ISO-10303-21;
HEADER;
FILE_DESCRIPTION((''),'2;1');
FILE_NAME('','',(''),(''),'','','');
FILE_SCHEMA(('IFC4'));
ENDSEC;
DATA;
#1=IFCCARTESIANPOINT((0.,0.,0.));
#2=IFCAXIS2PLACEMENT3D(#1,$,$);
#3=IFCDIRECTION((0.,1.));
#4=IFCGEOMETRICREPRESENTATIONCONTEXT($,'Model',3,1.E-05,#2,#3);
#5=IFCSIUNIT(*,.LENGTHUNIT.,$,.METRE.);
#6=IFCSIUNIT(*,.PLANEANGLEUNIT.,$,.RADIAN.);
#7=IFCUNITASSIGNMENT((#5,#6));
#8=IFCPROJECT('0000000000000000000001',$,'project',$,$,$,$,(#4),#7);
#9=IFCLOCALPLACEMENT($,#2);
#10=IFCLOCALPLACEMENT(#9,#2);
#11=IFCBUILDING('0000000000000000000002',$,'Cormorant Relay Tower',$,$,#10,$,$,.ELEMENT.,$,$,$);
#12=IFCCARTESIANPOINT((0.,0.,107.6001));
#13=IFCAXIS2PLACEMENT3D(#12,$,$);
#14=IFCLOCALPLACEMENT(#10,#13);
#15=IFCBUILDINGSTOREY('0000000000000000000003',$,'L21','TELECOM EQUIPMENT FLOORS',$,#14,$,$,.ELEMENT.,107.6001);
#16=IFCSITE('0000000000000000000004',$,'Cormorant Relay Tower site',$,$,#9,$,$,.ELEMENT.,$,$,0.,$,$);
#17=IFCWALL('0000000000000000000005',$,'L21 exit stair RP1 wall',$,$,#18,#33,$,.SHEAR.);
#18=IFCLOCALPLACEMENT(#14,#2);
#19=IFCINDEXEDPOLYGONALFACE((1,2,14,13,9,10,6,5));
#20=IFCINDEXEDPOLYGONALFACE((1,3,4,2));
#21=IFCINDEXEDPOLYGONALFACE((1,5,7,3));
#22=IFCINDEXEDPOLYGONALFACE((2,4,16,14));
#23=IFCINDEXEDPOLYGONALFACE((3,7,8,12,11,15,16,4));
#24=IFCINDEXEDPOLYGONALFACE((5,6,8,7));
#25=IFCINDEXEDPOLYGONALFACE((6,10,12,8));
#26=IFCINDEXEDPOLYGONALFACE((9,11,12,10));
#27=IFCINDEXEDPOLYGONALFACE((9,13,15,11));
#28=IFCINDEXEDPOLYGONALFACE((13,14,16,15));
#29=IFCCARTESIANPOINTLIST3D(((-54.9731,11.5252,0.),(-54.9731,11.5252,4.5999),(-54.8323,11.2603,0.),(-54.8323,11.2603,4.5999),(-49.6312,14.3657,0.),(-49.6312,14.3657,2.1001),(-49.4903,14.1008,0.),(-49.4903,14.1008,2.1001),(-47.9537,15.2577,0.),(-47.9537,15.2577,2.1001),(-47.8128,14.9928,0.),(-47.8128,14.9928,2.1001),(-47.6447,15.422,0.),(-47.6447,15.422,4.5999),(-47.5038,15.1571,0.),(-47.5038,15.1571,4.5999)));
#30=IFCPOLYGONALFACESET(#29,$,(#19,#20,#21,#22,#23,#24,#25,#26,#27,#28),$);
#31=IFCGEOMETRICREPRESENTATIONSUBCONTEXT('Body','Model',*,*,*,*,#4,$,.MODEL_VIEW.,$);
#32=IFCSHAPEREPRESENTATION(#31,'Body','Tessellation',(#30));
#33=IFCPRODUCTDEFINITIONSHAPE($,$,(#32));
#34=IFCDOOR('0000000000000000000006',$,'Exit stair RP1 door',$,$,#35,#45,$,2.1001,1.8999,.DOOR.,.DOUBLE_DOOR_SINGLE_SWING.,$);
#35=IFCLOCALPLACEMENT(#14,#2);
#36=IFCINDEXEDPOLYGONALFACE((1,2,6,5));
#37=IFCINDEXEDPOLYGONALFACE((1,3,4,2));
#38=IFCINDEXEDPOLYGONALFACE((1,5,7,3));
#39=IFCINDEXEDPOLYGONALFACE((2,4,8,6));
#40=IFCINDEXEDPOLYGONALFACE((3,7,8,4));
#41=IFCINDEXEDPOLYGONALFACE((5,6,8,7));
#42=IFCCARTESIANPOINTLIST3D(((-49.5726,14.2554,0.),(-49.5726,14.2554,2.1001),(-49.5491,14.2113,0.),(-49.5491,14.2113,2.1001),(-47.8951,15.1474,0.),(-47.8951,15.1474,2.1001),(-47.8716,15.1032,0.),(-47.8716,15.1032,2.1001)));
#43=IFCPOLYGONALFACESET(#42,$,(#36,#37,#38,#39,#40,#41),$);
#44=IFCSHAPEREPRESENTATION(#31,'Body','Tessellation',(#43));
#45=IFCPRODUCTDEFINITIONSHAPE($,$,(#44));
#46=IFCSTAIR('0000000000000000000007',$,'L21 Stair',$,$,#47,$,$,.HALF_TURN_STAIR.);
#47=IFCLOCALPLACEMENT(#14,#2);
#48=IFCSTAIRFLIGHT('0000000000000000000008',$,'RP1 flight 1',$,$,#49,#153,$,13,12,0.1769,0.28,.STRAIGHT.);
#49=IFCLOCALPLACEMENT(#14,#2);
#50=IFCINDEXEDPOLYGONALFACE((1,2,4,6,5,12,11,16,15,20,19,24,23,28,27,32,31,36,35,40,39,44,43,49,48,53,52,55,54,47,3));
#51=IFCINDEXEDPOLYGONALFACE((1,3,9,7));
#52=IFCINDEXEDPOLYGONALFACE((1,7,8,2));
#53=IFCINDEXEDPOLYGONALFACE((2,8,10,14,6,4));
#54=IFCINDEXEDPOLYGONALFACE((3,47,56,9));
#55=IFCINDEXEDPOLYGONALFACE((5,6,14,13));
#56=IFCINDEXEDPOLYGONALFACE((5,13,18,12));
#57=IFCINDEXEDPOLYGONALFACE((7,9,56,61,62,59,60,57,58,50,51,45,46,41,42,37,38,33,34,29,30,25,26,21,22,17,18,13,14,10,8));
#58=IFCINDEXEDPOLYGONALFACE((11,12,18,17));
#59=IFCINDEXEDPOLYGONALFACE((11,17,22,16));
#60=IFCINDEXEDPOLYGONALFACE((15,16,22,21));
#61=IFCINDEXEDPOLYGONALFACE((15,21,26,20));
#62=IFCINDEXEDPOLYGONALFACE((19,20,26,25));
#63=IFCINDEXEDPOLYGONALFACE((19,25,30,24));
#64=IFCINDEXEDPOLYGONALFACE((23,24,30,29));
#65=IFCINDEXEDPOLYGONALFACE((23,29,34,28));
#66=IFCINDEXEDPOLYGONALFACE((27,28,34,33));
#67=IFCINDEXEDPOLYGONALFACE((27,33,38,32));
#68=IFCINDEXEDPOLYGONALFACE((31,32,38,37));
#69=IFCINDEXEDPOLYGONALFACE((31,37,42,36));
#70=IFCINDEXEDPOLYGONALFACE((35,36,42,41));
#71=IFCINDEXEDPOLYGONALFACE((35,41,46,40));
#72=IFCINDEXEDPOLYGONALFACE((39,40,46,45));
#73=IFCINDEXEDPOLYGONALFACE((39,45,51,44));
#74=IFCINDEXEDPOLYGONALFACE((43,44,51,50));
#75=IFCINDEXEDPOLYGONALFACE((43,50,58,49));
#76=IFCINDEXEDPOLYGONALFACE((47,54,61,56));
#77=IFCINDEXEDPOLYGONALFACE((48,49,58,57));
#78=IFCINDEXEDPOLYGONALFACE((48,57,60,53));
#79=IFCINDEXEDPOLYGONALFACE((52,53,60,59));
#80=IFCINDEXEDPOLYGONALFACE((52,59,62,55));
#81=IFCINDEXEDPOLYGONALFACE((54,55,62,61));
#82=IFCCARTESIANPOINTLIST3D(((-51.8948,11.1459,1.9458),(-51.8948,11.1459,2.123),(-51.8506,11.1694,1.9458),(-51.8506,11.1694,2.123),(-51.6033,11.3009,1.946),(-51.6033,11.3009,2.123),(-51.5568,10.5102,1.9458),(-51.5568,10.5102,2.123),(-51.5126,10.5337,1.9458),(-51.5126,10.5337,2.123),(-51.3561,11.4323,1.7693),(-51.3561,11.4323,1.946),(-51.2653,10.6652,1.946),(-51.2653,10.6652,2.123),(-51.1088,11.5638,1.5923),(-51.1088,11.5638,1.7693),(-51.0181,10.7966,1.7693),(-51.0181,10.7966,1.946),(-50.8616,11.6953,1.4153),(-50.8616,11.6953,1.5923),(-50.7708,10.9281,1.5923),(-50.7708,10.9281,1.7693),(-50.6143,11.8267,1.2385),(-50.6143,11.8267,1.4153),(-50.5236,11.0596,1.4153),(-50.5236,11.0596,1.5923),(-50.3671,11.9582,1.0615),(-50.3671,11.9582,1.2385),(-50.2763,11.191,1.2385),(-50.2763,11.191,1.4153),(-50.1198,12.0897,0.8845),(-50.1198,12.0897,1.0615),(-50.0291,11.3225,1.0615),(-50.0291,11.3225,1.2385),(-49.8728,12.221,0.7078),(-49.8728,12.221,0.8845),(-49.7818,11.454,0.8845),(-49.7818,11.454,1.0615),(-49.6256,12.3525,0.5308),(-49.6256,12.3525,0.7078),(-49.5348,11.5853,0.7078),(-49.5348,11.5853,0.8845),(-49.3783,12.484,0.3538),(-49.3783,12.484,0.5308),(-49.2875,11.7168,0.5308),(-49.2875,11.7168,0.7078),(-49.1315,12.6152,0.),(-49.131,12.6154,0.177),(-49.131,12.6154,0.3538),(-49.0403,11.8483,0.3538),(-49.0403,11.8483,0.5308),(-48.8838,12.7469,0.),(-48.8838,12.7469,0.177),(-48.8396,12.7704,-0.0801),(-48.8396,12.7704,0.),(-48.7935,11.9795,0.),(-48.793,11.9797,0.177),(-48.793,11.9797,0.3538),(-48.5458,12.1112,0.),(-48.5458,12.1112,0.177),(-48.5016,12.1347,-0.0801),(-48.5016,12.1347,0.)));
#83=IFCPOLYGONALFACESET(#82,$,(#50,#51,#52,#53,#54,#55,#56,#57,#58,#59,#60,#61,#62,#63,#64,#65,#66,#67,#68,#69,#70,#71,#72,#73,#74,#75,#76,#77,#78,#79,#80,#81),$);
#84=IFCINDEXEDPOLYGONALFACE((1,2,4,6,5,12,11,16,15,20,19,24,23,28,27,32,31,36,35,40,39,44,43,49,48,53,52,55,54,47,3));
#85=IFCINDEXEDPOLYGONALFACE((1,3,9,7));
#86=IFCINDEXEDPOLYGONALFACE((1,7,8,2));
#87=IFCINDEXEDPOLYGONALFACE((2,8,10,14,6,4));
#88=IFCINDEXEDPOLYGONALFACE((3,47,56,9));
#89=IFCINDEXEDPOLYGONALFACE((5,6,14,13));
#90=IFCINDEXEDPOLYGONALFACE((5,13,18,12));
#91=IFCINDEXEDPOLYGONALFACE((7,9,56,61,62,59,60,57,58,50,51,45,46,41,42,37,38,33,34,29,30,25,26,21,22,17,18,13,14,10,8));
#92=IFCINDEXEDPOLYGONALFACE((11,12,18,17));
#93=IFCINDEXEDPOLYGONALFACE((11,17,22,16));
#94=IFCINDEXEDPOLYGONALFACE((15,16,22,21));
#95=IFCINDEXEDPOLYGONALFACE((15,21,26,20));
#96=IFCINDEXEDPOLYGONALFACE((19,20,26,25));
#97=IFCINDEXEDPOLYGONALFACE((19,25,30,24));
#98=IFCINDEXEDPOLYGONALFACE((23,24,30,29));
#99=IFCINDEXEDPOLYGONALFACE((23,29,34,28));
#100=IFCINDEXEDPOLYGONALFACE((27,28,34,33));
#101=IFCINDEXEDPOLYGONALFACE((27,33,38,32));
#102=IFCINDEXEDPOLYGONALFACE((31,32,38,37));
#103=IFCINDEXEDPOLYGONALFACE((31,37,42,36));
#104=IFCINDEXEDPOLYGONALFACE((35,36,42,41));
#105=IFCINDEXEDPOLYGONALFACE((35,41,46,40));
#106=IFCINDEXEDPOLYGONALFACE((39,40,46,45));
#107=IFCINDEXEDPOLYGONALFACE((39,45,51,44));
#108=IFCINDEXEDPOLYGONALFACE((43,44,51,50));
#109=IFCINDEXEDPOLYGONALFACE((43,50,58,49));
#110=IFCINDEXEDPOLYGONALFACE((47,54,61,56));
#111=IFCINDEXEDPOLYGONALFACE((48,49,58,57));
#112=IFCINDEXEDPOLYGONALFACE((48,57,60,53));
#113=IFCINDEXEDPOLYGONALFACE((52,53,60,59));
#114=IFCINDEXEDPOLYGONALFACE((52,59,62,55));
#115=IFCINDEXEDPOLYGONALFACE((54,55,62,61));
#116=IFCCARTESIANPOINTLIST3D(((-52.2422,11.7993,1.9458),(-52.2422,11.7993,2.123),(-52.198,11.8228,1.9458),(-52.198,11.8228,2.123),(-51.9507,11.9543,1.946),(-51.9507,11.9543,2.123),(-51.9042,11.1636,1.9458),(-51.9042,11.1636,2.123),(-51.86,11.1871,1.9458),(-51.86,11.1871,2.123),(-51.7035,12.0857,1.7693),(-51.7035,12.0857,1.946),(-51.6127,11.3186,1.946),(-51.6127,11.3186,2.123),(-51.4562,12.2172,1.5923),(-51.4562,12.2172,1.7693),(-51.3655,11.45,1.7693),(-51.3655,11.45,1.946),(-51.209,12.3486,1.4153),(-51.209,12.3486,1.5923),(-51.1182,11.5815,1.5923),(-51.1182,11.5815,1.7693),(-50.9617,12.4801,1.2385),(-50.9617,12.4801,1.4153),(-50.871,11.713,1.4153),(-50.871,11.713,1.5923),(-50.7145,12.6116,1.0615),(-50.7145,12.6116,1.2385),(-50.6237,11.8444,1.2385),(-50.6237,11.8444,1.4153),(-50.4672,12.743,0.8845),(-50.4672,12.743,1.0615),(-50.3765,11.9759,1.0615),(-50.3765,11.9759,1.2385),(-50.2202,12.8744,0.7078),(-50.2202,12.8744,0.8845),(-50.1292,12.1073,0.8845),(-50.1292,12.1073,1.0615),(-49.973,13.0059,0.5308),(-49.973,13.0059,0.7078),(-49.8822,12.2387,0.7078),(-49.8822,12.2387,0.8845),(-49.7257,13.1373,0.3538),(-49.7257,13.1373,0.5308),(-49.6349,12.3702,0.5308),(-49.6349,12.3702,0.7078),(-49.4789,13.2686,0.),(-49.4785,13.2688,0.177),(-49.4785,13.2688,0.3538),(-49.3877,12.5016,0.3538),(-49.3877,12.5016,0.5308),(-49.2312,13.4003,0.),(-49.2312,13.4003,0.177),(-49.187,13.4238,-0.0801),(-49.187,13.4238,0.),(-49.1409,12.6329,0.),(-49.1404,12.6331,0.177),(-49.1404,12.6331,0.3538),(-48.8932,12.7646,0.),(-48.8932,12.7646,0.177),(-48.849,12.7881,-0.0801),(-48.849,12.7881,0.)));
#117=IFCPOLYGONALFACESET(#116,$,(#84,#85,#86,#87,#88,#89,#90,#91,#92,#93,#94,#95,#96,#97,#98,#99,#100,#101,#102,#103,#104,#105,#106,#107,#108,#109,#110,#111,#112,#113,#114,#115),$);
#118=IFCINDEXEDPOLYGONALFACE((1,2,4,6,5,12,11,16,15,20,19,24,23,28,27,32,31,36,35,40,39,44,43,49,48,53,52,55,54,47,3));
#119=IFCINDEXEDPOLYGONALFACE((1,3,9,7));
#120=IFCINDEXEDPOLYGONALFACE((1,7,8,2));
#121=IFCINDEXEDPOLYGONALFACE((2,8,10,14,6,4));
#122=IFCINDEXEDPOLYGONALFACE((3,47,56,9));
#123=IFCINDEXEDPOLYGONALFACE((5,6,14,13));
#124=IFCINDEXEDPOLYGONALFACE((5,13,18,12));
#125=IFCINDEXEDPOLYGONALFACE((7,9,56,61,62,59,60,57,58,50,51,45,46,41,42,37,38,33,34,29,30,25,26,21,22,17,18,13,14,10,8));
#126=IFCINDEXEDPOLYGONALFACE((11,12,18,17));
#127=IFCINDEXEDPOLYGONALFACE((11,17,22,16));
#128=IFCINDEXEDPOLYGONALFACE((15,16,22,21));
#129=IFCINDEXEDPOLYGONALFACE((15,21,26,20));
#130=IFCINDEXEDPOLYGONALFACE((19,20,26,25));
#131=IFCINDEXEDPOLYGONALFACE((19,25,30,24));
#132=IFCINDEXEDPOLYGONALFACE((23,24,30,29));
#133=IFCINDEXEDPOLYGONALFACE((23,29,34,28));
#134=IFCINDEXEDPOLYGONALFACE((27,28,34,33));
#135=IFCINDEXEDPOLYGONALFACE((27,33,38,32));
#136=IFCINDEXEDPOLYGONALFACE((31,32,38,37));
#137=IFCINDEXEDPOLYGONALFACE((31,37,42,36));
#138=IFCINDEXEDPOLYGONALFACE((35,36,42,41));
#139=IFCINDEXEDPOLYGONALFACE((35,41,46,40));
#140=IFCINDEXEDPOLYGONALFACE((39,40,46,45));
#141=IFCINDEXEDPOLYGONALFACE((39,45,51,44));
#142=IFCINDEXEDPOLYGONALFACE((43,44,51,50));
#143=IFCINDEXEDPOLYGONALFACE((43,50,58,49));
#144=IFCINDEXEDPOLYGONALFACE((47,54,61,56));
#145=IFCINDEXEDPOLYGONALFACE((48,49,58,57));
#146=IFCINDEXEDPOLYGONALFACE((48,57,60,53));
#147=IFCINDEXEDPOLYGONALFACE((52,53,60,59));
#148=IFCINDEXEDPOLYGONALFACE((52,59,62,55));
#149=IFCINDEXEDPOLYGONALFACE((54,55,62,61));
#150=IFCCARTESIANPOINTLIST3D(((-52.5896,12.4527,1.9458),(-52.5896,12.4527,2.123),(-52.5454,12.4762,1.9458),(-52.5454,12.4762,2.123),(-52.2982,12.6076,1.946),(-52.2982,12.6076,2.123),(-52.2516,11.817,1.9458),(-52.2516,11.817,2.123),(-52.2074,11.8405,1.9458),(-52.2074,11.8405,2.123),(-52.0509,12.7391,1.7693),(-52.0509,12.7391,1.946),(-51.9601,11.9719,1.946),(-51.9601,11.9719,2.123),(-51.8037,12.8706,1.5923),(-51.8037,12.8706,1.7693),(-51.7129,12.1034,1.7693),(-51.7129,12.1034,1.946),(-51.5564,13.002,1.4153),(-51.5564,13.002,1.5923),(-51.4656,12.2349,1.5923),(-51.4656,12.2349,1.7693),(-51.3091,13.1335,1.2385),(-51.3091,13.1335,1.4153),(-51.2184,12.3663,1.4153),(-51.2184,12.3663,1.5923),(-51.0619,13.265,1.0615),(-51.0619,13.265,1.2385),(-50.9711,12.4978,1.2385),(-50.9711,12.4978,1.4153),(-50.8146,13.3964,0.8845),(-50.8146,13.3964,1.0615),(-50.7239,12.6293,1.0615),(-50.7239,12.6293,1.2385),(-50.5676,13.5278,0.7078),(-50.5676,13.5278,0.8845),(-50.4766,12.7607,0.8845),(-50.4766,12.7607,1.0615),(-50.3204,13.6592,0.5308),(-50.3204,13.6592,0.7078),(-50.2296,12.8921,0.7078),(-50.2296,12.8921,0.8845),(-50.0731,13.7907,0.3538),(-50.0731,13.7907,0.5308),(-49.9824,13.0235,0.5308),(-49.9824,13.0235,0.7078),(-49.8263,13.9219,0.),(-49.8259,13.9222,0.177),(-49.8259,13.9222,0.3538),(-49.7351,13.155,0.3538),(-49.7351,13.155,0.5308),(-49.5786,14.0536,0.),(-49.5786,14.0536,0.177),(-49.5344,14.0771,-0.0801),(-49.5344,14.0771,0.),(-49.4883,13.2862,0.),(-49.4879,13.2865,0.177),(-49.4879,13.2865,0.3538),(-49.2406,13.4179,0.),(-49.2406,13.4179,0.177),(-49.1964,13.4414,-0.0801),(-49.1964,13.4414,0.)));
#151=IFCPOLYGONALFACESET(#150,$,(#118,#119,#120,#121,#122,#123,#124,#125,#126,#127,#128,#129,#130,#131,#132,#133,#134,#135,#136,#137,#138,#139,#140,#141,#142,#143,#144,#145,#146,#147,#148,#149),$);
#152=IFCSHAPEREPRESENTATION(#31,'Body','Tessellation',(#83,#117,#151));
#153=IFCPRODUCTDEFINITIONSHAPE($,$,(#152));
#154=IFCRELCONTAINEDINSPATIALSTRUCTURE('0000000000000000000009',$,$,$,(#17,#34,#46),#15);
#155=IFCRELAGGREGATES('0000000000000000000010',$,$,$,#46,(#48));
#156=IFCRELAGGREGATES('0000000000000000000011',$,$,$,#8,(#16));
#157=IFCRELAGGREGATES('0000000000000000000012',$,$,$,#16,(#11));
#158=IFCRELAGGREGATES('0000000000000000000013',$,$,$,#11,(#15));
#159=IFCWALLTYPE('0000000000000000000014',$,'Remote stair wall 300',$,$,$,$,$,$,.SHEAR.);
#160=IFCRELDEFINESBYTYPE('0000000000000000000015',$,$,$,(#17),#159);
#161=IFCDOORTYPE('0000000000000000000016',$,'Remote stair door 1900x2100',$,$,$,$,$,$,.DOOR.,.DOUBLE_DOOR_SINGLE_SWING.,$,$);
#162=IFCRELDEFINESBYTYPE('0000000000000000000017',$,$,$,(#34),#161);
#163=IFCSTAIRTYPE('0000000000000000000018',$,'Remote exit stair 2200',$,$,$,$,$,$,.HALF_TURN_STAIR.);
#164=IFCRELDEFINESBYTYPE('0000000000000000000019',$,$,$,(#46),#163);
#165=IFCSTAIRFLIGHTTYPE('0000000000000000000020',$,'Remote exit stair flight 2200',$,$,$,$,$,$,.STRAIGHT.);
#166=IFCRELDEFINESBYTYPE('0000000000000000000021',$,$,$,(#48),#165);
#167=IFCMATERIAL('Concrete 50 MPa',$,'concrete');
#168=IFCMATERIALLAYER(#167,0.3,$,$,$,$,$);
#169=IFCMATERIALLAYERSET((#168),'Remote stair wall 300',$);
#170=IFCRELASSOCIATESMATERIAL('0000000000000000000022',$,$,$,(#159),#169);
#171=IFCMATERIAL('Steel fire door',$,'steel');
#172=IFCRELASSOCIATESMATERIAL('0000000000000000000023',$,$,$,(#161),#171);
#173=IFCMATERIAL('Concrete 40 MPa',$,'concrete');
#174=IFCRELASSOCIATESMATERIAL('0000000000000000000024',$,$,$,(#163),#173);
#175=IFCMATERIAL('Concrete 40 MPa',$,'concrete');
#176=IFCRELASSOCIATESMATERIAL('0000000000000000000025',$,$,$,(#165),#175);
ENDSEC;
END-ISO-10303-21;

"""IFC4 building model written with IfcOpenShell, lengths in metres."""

from ifc_helpers import new_model, si_unit, direction, frame, frame_2d, origin, place, context, subcontext, project, spatial, polyline, rectangle, outline, extrude, material, layer, layer_set, type_object, element, fill, aggregate, save


model = new_model("IFC4")

# Units and contexts
model_context = context("Model", 3, precision=1e-05, world=origin(), true_north=direction((0.0, 1.0)))
body_context = subcontext(model_context, "Body", "Model", "MODEL_VIEW")
ifc_project = project(units=[si_unit("LENGTHUNIT", "METRE"), si_unit("PLANEANGLEUNIT", "RADIAN")], contexts=[model_context])

# Site, building, storey
site_placement = place(None, origin())
site = spatial("IfcSite", under=ifc_project, at=site_placement, Name="Cormorant Relay Tower site", CompositionType="ELEMENT", RefElevation=0.0)
building_placement = place(site_placement, origin())
building = spatial("IfcBuilding", under=site, at=building_placement, Name="Cormorant Relay Tower", CompositionType="ELEMENT")
storey_placement = place(building_placement, frame((0.0, 0.0, 107.6001)))
storey = spatial("IfcBuildingStorey", under=building, at=storey_placement, Name="L21", Description="TELECOM EQUIPMENT FLOORS", CompositionType="ELEMENT", Elevation=107.6001)

# Shared definitions
ifc_material_1 = material(Name="Concrete 50 MPa", Category="concrete")
ifc_layer_1 = layer(ifc_material_1, 0.3)
ifc_layer_set_1 = layer_set([ifc_layer_1], Name="Remote stair wall 300")
wall_type_1 = type_object("IfcWallType", Name="Remote stair wall 300", PredefinedType="SHEAR", material=ifc_layer_set_1)

# Wall, opening, door
wall_1_placement = place(storey_placement, frame((-54.9026, 11.3928, 0.0), z_axis=(0.0, 0.0, 1.0), x_axis=(0.882939, 0.469487, 0.0)))
wall_1 = element("IfcWall", 1, at=wall_1_placement, inside=storey, type_object=wall_type_1, Name="L21 exit stair RP1 wall", PredefinedType="SHEAR", context=body_context, shape_type="SweptSolid", body=[
    extrude(rectangle(XDim=8.3, YDim=0.3, at=frame_2d((4.1499, 0.0))), origin(), (0.0, 0.0, 1.0), 4.5999),
])
opening_1_placement = place(wall_1_placement, frame((6.05, 0.0, 0.0)))
opening_1 = element("IfcOpeningElement", 2, at=opening_1_placement, cuts=wall_1, PredefinedType="OPENING", context=body_context, shape_type="SweptSolid", body=[
    extrude(rectangle(XDim=1.8999, YDim=2.1001, at=frame_2d((0.95, 1.05))), frame((0.0, 0.1599, 0.0), z_axis=(0.0, -1.0, 0.0), x_axis=(1.0, 0.0, 0.0)), (0.0, 0.0, 1.0), 0.3201),
])
ifc_material_2 = material(Name="Steel fire door", Category="steel")
door_type_1 = type_object("IfcDoorType", Name="Remote stair door 1900x2100", OperationType="DOUBLE_DOOR_SINGLE_SWING", PredefinedType="DOOR", material=ifc_material_2)
door_1_placement = place(opening_1_placement, frame((1.8999, 0.0, 0.0), z_axis=(0.0, 0.0, 1.0), x_axis=(-1.0, 0.0, 0.0)))
door_1 = element("IfcDoor", 3, at=door_1_placement, inside=storey, type_object=door_type_1, Name="Exit stair RP1 door", OperationType="DOUBLE_DOOR_SINGLE_SWING", OverallHeight=2.1001, OverallWidth=1.8999, PredefinedType="DOOR", context=body_context, shape_type="SweptSolid", body=[
    extrude(rectangle(XDim=1.8999, YDim=2.1001, at=frame_2d((0.95, 1.05))), frame((0.0, 0.0249, 0.0), z_axis=(0.0, -1.0, 0.0), x_axis=(1.0, 0.0, 0.0)), (0.0, 0.0, 1.0), 0.05),
])
fill(opening_1, door_1)

# Stair, stair flight
ifc_material_3 = material(Name="Concrete 40 MPa", Category="concrete")
stair_type = type_object("IfcStairType", Name="Remote exit stair 2200", PredefinedType="HALF_TURN_STAIR", material=ifc_material_3)
stair_placement = place(storey_placement, origin())
stair = element("IfcStair", 4, at=stair_placement, inside=storey, type_object=stair_type, Name="L21 Stair", PredefinedType="HALF_TURN_STAIR")
ifc_material_4 = material(Name="Concrete 40 MPa", Category="concrete")
stair_flight_type = type_object("IfcStairFlightType", Name="Remote exit stair flight 2200", PredefinedType="STRAIGHT", material=ifc_material_4)
stair_flight_1_placement = place(storey_placement, frame((-49.0623, 13.0825, 0.0), z_axis=(0.0, 0.0, 1.0), x_axis=(-0.882948, -0.469472, 0.0)))
stair_flight_1 = element("IfcStairFlight", 5, at=stair_flight_1_placement, type_object=stair_flight_type, Name="RP1 flight 1", NumberOfRisers=13, NumberOfTreads=12, PredefinedType="STRAIGHT", RiserHeight=0.1769, TreadLength=0.28, context=body_context, shape_type="SweptSolid", body=[
    extrude(outline(polyline([(-0.05, -0.0801), (-0.05, 0.0), (0.0, 0.0), (0.0, 0.177), (0.28, 0.177), (0.28, 0.3538), (0.5601, 0.3538), (0.5601, 0.5308), (0.8401, 0.5308), (0.8401, 0.7078), (1.1201, 0.7078), (1.1201, 0.8845), (1.3999, 0.8845), (1.3999, 1.0615), (1.6799, 1.0615), (1.6799, 1.2385), (1.96, 1.2385), (1.96, 1.4153), (2.24, 1.4153), (2.24, 1.5923), (2.52, 1.5923), (2.52, 1.7693), (2.8, 1.7693), (2.8, 1.946), (3.0801, 1.946), (3.0801, 2.123), (3.3601, 2.123), (3.4102, 2.123), (3.4102, 1.9458), (3.3601, 1.9458), (0.2805, 0.0), (-0.05, -0.0801)])), frame((0.0, 1.1001, 0.0), z_axis=(0.0, -1.0, 0.0), x_axis=(1.0, 0.0, 0.0)), (0.0, 0.0, 1.0), 0.72),
    extrude(outline(polyline([(-0.05, -0.0801), (-0.05, 0.0), (0.0, 0.0), (0.0, 0.177), (0.28, 0.177), (0.28, 0.3538), (0.5601, 0.3538), (0.5601, 0.5308), (0.8401, 0.5308), (0.8401, 0.7078), (1.1201, 0.7078), (1.1201, 0.8845), (1.3999, 0.8845), (1.3999, 1.0615), (1.6799, 1.0615), (1.6799, 1.2385), (1.96, 1.2385), (1.96, 1.4153), (2.24, 1.4153), (2.24, 1.5923), (2.52, 1.5923), (2.52, 1.7693), (2.8, 1.7693), (2.8, 1.946), (3.0801, 1.946), (3.0801, 2.123), (3.3601, 2.123), (3.4102, 2.123), (3.4102, 1.9458), (3.3601, 1.9458), (0.2805, 0.0), (-0.05, -0.0801)])), frame((0.0, 0.3601, 0.0), z_axis=(0.0, -1.0, 0.0), x_axis=(1.0, 0.0, 0.0)), (0.0, 0.0, 1.0), 0.72),
    extrude(outline(polyline([(-0.05, -0.0801), (-0.05, 0.0), (0.0, 0.0), (0.0, 0.177), (0.28, 0.177), (0.28, 0.3538), (0.5601, 0.3538), (0.5601, 0.5308), (0.8401, 0.5308), (0.8401, 0.7078), (1.1201, 0.7078), (1.1201, 0.8845), (1.3999, 0.8845), (1.3999, 1.0615), (1.6799, 1.0615), (1.6799, 1.2385), (1.96, 1.2385), (1.96, 1.4153), (2.24, 1.4153), (2.24, 1.5923), (2.52, 1.5923), (2.52, 1.7693), (2.8, 1.7693), (2.8, 1.946), (3.0801, 1.946), (3.0801, 2.123), (3.3601, 2.123), (3.4102, 2.123), (3.4102, 1.9458), (3.3601, 1.9458), (0.2805, 0.0), (-0.05, -0.0801)])), frame((0.0, -0.3799, 0.0), z_axis=(0.0, -1.0, 0.0), x_axis=(1.0, 0.0, 0.0)), (0.0, 0.0, 1.0), 0.72),
])
aggregate(stair, [stair_flight_1])

save(model, "model.ifc")
